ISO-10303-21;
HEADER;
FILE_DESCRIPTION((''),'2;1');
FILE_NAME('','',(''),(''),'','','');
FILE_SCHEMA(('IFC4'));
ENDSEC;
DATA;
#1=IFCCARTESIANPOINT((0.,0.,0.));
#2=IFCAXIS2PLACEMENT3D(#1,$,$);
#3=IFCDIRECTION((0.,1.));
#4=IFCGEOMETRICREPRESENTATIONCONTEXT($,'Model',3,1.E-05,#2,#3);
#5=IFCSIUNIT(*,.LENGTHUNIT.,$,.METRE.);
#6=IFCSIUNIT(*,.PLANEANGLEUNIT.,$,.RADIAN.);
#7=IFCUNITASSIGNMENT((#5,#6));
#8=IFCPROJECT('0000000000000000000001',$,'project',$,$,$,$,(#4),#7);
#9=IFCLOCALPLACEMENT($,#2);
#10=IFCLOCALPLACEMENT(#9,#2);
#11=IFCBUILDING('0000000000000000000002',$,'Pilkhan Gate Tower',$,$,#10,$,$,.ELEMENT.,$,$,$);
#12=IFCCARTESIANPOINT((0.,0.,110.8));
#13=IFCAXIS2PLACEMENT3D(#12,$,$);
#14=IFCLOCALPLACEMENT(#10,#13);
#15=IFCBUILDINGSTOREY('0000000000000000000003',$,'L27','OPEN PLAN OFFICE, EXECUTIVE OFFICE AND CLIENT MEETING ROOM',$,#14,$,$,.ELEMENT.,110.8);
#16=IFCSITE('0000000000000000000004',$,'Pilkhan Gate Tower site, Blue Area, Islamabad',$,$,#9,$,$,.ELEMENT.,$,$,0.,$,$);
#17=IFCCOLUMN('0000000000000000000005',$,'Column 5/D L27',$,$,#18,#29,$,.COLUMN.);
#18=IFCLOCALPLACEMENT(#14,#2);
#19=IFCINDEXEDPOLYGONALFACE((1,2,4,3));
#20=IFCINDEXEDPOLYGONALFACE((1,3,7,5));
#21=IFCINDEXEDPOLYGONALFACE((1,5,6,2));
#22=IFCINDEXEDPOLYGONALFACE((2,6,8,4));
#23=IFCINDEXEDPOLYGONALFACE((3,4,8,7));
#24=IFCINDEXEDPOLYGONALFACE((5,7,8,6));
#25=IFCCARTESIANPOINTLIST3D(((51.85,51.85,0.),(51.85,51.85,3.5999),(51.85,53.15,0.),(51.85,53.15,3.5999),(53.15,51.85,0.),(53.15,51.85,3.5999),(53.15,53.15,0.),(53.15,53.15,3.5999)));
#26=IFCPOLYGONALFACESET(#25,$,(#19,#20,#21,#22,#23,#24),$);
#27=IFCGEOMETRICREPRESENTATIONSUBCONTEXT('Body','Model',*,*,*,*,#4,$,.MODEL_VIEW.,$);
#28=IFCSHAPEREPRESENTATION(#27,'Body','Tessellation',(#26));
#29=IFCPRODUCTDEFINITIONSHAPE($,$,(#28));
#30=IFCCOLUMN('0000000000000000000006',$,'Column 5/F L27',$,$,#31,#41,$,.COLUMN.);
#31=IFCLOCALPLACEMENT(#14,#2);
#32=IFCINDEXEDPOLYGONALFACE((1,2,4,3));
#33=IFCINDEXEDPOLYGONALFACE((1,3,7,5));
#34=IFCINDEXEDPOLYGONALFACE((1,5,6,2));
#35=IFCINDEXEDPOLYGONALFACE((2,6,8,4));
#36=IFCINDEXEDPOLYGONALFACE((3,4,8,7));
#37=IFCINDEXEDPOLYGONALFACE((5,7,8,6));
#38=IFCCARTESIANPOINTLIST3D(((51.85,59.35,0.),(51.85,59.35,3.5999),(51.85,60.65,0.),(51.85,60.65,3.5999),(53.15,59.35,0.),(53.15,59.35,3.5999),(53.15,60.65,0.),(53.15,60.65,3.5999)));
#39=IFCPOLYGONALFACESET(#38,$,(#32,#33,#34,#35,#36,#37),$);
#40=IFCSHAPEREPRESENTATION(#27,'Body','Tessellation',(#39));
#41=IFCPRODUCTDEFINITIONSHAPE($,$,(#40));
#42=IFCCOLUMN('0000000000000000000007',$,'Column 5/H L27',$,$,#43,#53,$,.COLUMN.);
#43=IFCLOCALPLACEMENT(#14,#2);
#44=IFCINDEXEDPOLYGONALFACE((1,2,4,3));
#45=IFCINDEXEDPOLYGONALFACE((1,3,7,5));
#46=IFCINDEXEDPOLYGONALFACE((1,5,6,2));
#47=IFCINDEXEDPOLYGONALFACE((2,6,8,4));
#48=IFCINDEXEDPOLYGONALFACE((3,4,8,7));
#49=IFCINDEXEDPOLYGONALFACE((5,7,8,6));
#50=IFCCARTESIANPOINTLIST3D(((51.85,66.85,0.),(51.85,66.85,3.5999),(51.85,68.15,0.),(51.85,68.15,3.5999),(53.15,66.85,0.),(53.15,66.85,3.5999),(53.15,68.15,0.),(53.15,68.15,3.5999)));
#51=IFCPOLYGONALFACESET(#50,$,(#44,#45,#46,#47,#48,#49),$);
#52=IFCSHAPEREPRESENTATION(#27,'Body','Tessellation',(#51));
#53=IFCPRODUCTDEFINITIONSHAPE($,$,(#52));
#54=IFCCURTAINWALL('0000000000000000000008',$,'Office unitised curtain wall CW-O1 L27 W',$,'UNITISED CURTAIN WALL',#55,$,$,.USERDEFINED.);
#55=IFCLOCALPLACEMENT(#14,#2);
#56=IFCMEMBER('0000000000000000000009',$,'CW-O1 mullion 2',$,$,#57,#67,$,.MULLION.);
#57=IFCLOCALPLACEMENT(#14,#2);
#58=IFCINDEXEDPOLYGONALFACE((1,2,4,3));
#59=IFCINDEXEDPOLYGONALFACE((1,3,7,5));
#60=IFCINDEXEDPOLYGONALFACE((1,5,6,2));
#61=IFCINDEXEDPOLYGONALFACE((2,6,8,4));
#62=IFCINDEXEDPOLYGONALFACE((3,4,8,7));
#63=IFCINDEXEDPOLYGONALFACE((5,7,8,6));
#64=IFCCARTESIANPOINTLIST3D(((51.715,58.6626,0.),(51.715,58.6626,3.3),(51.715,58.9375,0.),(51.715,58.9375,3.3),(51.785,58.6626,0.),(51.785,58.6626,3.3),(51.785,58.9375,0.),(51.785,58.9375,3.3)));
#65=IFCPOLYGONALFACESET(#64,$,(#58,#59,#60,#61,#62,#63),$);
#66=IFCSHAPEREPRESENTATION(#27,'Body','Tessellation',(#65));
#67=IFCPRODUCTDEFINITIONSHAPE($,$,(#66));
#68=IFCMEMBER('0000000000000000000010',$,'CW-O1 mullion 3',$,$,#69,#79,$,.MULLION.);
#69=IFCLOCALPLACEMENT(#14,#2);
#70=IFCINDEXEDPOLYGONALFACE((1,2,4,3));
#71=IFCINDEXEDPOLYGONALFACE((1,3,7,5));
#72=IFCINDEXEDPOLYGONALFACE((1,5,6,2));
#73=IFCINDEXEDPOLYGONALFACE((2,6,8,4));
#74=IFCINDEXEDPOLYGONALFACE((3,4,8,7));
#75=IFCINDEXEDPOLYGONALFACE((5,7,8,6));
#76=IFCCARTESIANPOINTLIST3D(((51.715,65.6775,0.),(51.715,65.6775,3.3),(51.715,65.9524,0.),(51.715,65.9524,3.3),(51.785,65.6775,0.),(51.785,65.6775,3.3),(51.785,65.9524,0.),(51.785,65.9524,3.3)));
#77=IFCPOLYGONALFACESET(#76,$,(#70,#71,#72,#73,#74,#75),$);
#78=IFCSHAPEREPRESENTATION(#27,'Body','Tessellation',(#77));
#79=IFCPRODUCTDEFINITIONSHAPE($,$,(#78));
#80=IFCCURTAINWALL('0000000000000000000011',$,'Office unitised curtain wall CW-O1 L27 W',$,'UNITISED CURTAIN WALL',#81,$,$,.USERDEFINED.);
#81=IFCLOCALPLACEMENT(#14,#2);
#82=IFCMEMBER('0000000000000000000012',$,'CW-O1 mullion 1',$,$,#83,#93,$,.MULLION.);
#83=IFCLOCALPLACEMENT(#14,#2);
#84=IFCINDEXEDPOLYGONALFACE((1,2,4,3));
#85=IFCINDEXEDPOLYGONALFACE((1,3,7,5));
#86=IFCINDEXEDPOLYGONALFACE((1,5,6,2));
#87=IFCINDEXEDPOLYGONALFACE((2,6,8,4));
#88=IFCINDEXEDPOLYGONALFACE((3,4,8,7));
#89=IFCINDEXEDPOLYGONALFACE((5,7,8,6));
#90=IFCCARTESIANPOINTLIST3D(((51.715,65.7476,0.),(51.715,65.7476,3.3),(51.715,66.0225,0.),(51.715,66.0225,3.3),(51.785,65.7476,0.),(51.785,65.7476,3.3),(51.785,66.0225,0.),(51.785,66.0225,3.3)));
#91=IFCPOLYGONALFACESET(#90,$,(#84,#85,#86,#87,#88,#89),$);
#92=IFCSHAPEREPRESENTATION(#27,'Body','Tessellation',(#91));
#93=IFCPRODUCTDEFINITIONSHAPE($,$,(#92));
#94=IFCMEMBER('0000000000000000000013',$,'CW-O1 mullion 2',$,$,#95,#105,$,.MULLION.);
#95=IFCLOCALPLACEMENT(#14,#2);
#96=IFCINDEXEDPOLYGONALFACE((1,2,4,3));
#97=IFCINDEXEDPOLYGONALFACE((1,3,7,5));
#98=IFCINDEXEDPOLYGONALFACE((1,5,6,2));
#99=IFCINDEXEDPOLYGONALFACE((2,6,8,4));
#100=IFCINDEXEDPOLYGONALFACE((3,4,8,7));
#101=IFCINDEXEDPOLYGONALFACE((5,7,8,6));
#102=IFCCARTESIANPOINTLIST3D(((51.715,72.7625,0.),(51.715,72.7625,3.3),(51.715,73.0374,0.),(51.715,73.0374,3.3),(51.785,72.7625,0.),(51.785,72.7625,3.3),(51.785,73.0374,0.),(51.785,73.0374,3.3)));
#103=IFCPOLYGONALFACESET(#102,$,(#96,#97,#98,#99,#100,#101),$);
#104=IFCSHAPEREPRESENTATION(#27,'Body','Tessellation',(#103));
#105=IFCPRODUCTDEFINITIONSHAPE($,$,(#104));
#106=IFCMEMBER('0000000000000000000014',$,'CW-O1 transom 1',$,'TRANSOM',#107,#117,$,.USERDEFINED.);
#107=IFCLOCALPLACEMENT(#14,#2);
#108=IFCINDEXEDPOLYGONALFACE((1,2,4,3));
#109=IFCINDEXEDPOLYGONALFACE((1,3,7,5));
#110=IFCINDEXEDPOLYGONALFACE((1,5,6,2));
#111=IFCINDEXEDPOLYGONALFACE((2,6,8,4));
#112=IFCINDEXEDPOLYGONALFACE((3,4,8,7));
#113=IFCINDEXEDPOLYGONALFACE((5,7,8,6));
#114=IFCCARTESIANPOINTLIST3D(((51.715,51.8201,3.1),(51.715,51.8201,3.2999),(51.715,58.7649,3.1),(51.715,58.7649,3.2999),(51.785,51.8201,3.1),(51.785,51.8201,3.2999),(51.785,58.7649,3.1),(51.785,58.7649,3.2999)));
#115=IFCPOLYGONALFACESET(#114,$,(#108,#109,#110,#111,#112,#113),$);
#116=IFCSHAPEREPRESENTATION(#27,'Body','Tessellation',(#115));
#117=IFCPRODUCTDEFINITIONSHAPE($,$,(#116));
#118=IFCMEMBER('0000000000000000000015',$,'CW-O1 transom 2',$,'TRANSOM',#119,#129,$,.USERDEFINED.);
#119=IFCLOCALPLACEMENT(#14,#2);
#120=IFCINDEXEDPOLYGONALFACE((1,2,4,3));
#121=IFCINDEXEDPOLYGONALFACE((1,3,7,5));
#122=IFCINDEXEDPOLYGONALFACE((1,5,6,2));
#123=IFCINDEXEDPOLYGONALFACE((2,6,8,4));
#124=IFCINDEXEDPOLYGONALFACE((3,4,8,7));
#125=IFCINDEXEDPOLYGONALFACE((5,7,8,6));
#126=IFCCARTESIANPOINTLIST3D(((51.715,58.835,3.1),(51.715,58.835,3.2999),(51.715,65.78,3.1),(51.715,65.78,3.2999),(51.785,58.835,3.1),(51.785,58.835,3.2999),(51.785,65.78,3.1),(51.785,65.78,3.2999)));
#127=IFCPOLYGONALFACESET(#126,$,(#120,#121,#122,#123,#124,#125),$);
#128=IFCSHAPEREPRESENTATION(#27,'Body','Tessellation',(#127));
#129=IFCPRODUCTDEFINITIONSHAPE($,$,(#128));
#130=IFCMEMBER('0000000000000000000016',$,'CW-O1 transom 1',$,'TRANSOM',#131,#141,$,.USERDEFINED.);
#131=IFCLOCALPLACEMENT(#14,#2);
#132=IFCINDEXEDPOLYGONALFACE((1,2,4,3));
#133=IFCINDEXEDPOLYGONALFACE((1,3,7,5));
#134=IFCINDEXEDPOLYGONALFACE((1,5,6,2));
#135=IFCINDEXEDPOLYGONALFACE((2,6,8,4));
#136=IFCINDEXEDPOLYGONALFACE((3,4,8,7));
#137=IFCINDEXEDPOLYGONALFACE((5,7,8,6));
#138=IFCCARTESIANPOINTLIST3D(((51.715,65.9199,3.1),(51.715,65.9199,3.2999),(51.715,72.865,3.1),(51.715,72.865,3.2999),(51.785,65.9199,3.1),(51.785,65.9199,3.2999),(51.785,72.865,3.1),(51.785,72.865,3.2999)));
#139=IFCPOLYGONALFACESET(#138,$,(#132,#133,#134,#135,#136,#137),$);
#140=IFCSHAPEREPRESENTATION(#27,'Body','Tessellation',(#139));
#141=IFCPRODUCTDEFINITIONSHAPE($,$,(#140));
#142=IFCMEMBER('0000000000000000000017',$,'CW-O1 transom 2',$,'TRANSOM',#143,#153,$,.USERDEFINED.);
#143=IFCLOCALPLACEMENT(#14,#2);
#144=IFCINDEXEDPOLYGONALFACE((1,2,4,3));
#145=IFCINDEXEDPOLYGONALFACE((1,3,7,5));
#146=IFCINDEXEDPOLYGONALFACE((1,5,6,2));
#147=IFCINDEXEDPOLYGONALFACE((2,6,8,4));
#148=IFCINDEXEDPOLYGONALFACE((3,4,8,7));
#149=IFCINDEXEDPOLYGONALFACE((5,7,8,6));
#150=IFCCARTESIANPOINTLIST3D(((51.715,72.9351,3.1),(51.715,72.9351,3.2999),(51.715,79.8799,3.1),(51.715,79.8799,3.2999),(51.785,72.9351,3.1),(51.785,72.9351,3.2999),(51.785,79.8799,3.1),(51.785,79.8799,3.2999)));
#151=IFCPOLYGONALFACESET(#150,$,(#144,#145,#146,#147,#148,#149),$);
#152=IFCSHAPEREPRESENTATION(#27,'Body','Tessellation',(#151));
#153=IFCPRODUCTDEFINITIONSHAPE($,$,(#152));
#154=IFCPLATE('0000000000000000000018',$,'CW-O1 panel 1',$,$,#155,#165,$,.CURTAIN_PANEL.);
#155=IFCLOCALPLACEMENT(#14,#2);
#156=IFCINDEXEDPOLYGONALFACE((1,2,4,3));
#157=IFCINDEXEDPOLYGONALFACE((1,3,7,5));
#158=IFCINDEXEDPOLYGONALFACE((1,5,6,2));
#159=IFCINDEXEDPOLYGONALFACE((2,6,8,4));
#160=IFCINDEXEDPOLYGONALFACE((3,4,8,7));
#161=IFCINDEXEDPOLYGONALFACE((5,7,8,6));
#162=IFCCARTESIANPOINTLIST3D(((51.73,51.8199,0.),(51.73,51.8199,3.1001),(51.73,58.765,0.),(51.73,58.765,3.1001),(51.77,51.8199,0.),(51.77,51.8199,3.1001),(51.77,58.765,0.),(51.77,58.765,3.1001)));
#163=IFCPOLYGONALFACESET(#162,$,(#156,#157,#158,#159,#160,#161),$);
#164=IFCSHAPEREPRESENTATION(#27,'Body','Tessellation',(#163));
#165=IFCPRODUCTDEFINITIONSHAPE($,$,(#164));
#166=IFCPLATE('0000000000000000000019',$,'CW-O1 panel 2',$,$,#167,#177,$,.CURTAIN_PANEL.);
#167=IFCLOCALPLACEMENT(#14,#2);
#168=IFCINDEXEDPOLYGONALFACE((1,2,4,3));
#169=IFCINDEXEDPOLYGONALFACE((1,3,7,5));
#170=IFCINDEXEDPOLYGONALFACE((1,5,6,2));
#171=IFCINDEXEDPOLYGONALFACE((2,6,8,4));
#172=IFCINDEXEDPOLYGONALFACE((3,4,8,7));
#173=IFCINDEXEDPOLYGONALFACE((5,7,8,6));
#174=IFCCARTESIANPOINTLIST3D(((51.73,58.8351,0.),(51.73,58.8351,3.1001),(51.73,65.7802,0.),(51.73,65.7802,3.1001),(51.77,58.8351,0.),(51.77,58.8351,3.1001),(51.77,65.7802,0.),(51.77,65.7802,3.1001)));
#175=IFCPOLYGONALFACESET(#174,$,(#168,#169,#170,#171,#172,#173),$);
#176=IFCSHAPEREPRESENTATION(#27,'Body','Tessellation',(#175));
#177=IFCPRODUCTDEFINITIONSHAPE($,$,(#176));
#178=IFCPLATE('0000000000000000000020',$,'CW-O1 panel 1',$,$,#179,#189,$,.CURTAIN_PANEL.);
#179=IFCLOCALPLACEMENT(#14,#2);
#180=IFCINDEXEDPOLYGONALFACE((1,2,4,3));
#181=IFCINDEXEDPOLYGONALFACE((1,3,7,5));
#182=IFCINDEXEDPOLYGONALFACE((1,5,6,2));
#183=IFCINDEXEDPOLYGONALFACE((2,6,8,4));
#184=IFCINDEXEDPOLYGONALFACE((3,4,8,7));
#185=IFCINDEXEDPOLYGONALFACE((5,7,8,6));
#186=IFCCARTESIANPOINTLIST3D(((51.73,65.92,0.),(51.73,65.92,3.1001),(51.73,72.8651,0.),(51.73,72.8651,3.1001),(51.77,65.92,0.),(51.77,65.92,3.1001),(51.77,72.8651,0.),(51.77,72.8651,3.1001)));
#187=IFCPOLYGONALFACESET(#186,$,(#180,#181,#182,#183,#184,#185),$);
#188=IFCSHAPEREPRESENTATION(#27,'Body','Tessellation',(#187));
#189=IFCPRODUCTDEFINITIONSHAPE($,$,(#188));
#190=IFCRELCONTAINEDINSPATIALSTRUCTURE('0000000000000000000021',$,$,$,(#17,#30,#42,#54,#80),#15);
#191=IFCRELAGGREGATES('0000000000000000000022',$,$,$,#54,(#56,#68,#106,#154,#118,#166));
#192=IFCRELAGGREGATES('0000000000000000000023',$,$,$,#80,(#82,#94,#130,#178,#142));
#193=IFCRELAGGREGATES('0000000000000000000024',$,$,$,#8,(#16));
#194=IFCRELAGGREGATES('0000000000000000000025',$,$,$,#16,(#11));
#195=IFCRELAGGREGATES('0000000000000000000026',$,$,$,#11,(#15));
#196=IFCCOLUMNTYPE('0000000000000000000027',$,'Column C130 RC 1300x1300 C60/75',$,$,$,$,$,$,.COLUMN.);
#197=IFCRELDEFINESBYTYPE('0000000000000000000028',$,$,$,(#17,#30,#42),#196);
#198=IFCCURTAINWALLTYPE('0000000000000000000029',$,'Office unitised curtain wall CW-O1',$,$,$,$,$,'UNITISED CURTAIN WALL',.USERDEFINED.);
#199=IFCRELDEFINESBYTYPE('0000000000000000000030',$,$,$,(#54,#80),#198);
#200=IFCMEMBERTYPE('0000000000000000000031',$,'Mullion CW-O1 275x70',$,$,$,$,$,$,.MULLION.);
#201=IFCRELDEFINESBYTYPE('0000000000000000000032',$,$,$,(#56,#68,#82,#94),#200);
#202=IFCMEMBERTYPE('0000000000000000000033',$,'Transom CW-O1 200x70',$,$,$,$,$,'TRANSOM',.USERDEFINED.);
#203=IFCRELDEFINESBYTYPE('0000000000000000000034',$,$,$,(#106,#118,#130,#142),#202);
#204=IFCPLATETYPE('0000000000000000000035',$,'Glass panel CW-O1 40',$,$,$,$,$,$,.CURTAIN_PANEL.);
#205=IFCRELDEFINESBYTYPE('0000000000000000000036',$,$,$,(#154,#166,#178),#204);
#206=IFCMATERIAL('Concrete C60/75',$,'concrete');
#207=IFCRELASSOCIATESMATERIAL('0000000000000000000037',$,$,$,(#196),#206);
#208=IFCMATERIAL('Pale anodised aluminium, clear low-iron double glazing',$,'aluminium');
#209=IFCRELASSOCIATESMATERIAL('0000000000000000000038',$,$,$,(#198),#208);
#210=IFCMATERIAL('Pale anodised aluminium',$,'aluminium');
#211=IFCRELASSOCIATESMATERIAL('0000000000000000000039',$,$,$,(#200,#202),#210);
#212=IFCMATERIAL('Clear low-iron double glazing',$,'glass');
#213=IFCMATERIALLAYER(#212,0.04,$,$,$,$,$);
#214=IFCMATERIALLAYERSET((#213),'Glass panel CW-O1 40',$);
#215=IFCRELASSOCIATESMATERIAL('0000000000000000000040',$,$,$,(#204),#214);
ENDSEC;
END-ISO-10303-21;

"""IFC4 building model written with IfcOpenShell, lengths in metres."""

from ifc_helpers import new_model, si_unit, direction, frame, origin, origin_2d, place, context, subcontext, project, spatial, rectangle, extrude, material, layer, layer_set, material_profile, profile_set, type_object, element, aggregate, save


model = new_model("IFC4")

# Units and contexts
model_context = context("Model", 3, precision=1e-05, world=origin(), true_north=direction((0.0, 1.0)))
body_context = subcontext(model_context, "Body", "Model", "MODEL_VIEW")
ifc_project = project(units=[si_unit("LENGTHUNIT", "METRE"), si_unit("PLANEANGLEUNIT", "RADIAN")], contexts=[model_context])

# Site, building, storey
site_placement = place(None, origin())
site = spatial("IfcSite", under=ifc_project, at=site_placement, Name="Pilkhan Gate Tower site, Blue Area, Islamabad", CompositionType="ELEMENT", RefElevation=0.0)
building_placement = place(site_placement, origin())
building = spatial("IfcBuilding", under=site, at=building_placement, Name="Pilkhan Gate Tower", CompositionType="ELEMENT")
storey_placement = place(building_placement, frame((0.0, 0.0, 110.8)))
storey = spatial("IfcBuildingStorey", under=building, at=storey_placement, Name="L27", Description="OPEN PLAN OFFICE, EXECUTIVE OFFICE AND CLIENT MEETING ROOM", CompositionType="ELEMENT", Elevation=110.8)

# Columns
ifc_material_1 = material(Name="Concrete C60/75", Category="concrete")
ifc_material_profile_1 = material_profile(ifc_material_1, rectangle(XDim=1.3, YDim=1.3, at=origin_2d()), Name="RC 1300x1300")
ifc_profile_set_1 = profile_set([ifc_material_profile_1], Name="Concrete C60/75")
column_type = type_object("IfcColumnType", Name="Column C130 RC 1300x1300 C60/75", PredefinedType="COLUMN", material=ifc_profile_set_1)
for number, where, z_axis, x_axis, name in (
    (1, (52.5, 52.5, 0.0), (0.0, 0.0, 1.0), (1.0, 0.0, 0.0), "Column 5/D L27"),
    (2, (52.5, 60.0, 0.0), (0.0, 0.0, 1.0), (1.0, 0.0, 0.0), "Column 5/F L27"),
    (3, (52.5, 67.5, 0.0), (0.0, 0.0, 1.0), (1.0, 0.0, 0.0), "Column 5/H L27"),
):
    element("IfcColumn", number, at=place(storey_placement, frame(where, z_axis=z_axis, x_axis=x_axis)), inside=storey, type_object=column_type, Name=name, PredefinedType="COLUMN", context=body_context, shape_type="SweptSolid", body=[
        extrude(rectangle(XDim=1.3, YDim=1.3, at=origin_2d()), origin(), (0.0, 0.0, 1.0), 3.5999),
    ])

# Curtain walls, members
ifc_material_2 = material(Name="Pale anodised aluminium, clear low-iron double glazing", Category="aluminium")
curtain_wall_type = type_object("IfcCurtainWallType", Name="Office unitised curtain wall CW-O1", ElementType="UNITISED CURTAIN WALL", PredefinedType="USERDEFINED", material=ifc_material_2)
curtain_wall_1_placement = place(storey_placement, origin())
curtain_wall_1 = element("IfcCurtainWall", 4, at=curtain_wall_1_placement, inside=storey, type_object=curtain_wall_type, Name="Office unitised curtain wall CW-O1 L27 W", ObjectType="UNITISED CURTAIN WALL", PredefinedType="USERDEFINED")
ifc_material_3 = material(Name="Pale anodised aluminium", Category="aluminium")
ifc_material_profile_2 = material_profile(ifc_material_3, rectangle(XDim=0.0701, YDim=0.2749, at=origin_2d()), Name="Mullion 275x70")
ifc_profile_set_2 = profile_set([ifc_material_profile_2], Name="Pale anodised aluminium")
member_type_1 = type_object("IfcMemberType", Name="Mullion CW-O1 275x70", PredefinedType="MULLION", material=ifc_profile_set_2)
member_1_placement = place(storey_placement, frame((51.75, 58.8, 0.0), z_axis=(0.0, 0.0, 1.0), x_axis=(-1.0, 0.0, 0.0)))
member_1 = element("IfcMember", 5, at=member_1_placement, type_object=member_type_1, Name="CW-O1 mullion 2", PredefinedType="MULLION", context=body_context, shape_type="SweptSolid", body=[
    extrude(rectangle(XDim=0.0701, YDim=0.2749, at=origin_2d()), origin(), (0.0, 0.0, 1.0), 3.3),
])
member_2_placement = place(storey_placement, frame((51.75, 65.8149, 0.0), z_axis=(0.0, 0.0, 1.0), x_axis=(-1.0, 0.0, 0.0)))
member_2 = element("IfcMember", 6, at=member_2_placement, type_object=member_type_1, Name="CW-O1 mullion 3", PredefinedType="MULLION", context=body_context, shape_type="SweptSolid", body=[
    extrude(rectangle(XDim=0.0701, YDim=0.2749, at=origin_2d()), origin(), (0.0, 0.0, 1.0), 3.3),
])
curtain_wall_2_placement = place(storey_placement, origin())
curtain_wall_2 = element("IfcCurtainWall", 7, at=curtain_wall_2_placement, inside=storey, type_object=curtain_wall_type, Name="Office unitised curtain wall CW-O1 L27 W", ObjectType="UNITISED CURTAIN WALL", PredefinedType="USERDEFINED")
member_3_placement = place(storey_placement, frame((51.75, 65.885, 0.0), z_axis=(0.0, 0.0, 1.0), x_axis=(-1.0, 0.0, 0.0)))
member_3 = element("IfcMember", 8, at=member_3_placement, type_object=member_type_1, Name="CW-O1 mullion 1", PredefinedType="MULLION", context=body_context, shape_type="SweptSolid", body=[
    extrude(rectangle(XDim=0.0701, YDim=0.2749, at=origin_2d()), origin(), (0.0, 0.0, 1.0), 3.3),
])
member_4_placement = place(storey_placement, frame((51.75, 72.8999, 0.0), z_axis=(0.0, 0.0, 1.0), x_axis=(-1.0, 0.0, 0.0)))
member_4 = element("IfcMember", 9, at=member_4_placement, type_object=member_type_1, Name="CW-O1 mullion 2", PredefinedType="MULLION", context=body_context, shape_type="SweptSolid", body=[
    extrude(rectangle(XDim=0.0701, YDim=0.2749, at=origin_2d()), origin(), (0.0, 0.0, 1.0), 3.3),
])

# Members
ifc_material_profile_3 = material_profile(ifc_material_3, rectangle(XDim=0.0701, YDim=0.2, at=origin_2d()), Name="Transom 200x70")
ifc_profile_set_3 = profile_set([ifc_material_profile_3], Name="Pale anodised aluminium")
member_type_2 = type_object("IfcMemberType", Name="Transom CW-O1 200x70", ElementType="TRANSOM", PredefinedType="USERDEFINED", material=ifc_profile_set_3)
member_5_placement = place(storey_placement, frame((51.75, 51.8201, 3.2), z_axis=(0.0, 1.0, 0.0), x_axis=(-1.0, 0.0, 0.0)))
member_5 = element("IfcMember", 10, at=member_5_placement, type_object=member_type_2, Name="CW-O1 transom 1", ObjectType="TRANSOM", PredefinedType="USERDEFINED", context=body_context, shape_type="SweptSolid", body=[
    extrude(rectangle(XDim=0.0701, YDim=0.2, at=origin_2d()), origin(), (0.0, 0.0, 1.0), 6.9448),
])
member_6_placement = place(storey_placement, frame((51.75, 58.835, 3.2), z_axis=(0.0, 1.0, 0.0), x_axis=(-1.0, 0.0, 0.0)))
member_6 = element("IfcMember", 11, at=member_6_placement, type_object=member_type_2, Name="CW-O1 transom 2", ObjectType="TRANSOM", PredefinedType="USERDEFINED", context=body_context, shape_type="SweptSolid", body=[
    extrude(rectangle(XDim=0.0701, YDim=0.2, at=origin_2d()), origin(), (0.0, 0.0, 1.0), 6.9451),
])
member_7_placement = place(storey_placement, frame((51.75, 65.9199, 3.2), z_axis=(0.0, 1.0, 0.0), x_axis=(-1.0, 0.0, 0.0)))
member_7 = element("IfcMember", 12, at=member_7_placement, type_object=member_type_2, Name="CW-O1 transom 1", ObjectType="TRANSOM", PredefinedType="USERDEFINED", context=body_context, shape_type="SweptSolid", body=[
    extrude(rectangle(XDim=0.0701, YDim=0.2, at=origin_2d()), origin(), (0.0, 0.0, 1.0), 6.9451),
])
member_8_placement = place(storey_placement, frame((51.75, 72.9351, 3.2), z_axis=(0.0, 1.0, 0.0), x_axis=(-1.0, 0.0, 0.0)))
member_8 = element("IfcMember", 13, at=member_8_placement, type_object=member_type_2, Name="CW-O1 transom 2", ObjectType="TRANSOM", PredefinedType="USERDEFINED", context=body_context, shape_type="SweptSolid", body=[
    extrude(rectangle(XDim=0.0701, YDim=0.2, at=origin_2d()), origin(), (0.0, 0.0, 1.0), 6.9448),
])

# Plates
ifc_material_4 = material(Name="Clear low-iron double glazing", Category="glass")
ifc_layer_1 = layer(ifc_material_4, 0.04)
ifc_layer_set_1 = layer_set([ifc_layer_1], Name="Glass panel CW-O1 40")
plate_type = type_object("IfcPlateType", Name="Glass panel CW-O1 40", PredefinedType="CURTAIN_PANEL", material=ifc_layer_set_1)
plate_1_placement = place(storey_placement, frame((51.75, 55.2925, 0.0), z_axis=(0.0, 0.0, 1.0), x_axis=(0.0, 1.0, 0.0)))
plate_1 = element("IfcPlate", 14, at=plate_1_placement, type_object=plate_type, Name="CW-O1 panel 1", PredefinedType="CURTAIN_PANEL", context=body_context, shape_type="SweptSolid", body=[
    extrude(rectangle(XDim=6.9451, YDim=0.04, at=origin_2d()), origin(), (0.0, 0.0, 1.0), 3.1001),
])
plate_2_placement = place(storey_placement, frame((51.75, 62.3076, 0.0), z_axis=(0.0, 0.0, 1.0), x_axis=(0.0, 1.0, 0.0)))
plate_2 = element("IfcPlate", 15, at=plate_2_placement, type_object=plate_type, Name="CW-O1 panel 2", PredefinedType="CURTAIN_PANEL", context=body_context, shape_type="SweptSolid", body=[
    extrude(rectangle(XDim=6.9451, YDim=0.04, at=origin_2d()), origin(), (0.0, 0.0, 1.0), 3.1001),
])
aggregate(curtain_wall_1, [member_1, member_2, member_5, plate_1, member_6, plate_2])
plate_3_placement = place(storey_placement, frame((51.75, 69.3926, 0.0), z_axis=(0.0, 0.0, 1.0), x_axis=(0.0, 1.0, 0.0)))
plate_3 = element("IfcPlate", 16, at=plate_3_placement, type_object=plate_type, Name="CW-O1 panel 1", PredefinedType="CURTAIN_PANEL", context=body_context, shape_type="SweptSolid", body=[
    extrude(rectangle(XDim=6.9451, YDim=0.04, at=origin_2d()), origin(), (0.0, 0.0, 1.0), 3.1001),
])
aggregate(curtain_wall_2, [member_3, member_4, member_7, plate_3, member_8])

save(model, "model.ifc")
